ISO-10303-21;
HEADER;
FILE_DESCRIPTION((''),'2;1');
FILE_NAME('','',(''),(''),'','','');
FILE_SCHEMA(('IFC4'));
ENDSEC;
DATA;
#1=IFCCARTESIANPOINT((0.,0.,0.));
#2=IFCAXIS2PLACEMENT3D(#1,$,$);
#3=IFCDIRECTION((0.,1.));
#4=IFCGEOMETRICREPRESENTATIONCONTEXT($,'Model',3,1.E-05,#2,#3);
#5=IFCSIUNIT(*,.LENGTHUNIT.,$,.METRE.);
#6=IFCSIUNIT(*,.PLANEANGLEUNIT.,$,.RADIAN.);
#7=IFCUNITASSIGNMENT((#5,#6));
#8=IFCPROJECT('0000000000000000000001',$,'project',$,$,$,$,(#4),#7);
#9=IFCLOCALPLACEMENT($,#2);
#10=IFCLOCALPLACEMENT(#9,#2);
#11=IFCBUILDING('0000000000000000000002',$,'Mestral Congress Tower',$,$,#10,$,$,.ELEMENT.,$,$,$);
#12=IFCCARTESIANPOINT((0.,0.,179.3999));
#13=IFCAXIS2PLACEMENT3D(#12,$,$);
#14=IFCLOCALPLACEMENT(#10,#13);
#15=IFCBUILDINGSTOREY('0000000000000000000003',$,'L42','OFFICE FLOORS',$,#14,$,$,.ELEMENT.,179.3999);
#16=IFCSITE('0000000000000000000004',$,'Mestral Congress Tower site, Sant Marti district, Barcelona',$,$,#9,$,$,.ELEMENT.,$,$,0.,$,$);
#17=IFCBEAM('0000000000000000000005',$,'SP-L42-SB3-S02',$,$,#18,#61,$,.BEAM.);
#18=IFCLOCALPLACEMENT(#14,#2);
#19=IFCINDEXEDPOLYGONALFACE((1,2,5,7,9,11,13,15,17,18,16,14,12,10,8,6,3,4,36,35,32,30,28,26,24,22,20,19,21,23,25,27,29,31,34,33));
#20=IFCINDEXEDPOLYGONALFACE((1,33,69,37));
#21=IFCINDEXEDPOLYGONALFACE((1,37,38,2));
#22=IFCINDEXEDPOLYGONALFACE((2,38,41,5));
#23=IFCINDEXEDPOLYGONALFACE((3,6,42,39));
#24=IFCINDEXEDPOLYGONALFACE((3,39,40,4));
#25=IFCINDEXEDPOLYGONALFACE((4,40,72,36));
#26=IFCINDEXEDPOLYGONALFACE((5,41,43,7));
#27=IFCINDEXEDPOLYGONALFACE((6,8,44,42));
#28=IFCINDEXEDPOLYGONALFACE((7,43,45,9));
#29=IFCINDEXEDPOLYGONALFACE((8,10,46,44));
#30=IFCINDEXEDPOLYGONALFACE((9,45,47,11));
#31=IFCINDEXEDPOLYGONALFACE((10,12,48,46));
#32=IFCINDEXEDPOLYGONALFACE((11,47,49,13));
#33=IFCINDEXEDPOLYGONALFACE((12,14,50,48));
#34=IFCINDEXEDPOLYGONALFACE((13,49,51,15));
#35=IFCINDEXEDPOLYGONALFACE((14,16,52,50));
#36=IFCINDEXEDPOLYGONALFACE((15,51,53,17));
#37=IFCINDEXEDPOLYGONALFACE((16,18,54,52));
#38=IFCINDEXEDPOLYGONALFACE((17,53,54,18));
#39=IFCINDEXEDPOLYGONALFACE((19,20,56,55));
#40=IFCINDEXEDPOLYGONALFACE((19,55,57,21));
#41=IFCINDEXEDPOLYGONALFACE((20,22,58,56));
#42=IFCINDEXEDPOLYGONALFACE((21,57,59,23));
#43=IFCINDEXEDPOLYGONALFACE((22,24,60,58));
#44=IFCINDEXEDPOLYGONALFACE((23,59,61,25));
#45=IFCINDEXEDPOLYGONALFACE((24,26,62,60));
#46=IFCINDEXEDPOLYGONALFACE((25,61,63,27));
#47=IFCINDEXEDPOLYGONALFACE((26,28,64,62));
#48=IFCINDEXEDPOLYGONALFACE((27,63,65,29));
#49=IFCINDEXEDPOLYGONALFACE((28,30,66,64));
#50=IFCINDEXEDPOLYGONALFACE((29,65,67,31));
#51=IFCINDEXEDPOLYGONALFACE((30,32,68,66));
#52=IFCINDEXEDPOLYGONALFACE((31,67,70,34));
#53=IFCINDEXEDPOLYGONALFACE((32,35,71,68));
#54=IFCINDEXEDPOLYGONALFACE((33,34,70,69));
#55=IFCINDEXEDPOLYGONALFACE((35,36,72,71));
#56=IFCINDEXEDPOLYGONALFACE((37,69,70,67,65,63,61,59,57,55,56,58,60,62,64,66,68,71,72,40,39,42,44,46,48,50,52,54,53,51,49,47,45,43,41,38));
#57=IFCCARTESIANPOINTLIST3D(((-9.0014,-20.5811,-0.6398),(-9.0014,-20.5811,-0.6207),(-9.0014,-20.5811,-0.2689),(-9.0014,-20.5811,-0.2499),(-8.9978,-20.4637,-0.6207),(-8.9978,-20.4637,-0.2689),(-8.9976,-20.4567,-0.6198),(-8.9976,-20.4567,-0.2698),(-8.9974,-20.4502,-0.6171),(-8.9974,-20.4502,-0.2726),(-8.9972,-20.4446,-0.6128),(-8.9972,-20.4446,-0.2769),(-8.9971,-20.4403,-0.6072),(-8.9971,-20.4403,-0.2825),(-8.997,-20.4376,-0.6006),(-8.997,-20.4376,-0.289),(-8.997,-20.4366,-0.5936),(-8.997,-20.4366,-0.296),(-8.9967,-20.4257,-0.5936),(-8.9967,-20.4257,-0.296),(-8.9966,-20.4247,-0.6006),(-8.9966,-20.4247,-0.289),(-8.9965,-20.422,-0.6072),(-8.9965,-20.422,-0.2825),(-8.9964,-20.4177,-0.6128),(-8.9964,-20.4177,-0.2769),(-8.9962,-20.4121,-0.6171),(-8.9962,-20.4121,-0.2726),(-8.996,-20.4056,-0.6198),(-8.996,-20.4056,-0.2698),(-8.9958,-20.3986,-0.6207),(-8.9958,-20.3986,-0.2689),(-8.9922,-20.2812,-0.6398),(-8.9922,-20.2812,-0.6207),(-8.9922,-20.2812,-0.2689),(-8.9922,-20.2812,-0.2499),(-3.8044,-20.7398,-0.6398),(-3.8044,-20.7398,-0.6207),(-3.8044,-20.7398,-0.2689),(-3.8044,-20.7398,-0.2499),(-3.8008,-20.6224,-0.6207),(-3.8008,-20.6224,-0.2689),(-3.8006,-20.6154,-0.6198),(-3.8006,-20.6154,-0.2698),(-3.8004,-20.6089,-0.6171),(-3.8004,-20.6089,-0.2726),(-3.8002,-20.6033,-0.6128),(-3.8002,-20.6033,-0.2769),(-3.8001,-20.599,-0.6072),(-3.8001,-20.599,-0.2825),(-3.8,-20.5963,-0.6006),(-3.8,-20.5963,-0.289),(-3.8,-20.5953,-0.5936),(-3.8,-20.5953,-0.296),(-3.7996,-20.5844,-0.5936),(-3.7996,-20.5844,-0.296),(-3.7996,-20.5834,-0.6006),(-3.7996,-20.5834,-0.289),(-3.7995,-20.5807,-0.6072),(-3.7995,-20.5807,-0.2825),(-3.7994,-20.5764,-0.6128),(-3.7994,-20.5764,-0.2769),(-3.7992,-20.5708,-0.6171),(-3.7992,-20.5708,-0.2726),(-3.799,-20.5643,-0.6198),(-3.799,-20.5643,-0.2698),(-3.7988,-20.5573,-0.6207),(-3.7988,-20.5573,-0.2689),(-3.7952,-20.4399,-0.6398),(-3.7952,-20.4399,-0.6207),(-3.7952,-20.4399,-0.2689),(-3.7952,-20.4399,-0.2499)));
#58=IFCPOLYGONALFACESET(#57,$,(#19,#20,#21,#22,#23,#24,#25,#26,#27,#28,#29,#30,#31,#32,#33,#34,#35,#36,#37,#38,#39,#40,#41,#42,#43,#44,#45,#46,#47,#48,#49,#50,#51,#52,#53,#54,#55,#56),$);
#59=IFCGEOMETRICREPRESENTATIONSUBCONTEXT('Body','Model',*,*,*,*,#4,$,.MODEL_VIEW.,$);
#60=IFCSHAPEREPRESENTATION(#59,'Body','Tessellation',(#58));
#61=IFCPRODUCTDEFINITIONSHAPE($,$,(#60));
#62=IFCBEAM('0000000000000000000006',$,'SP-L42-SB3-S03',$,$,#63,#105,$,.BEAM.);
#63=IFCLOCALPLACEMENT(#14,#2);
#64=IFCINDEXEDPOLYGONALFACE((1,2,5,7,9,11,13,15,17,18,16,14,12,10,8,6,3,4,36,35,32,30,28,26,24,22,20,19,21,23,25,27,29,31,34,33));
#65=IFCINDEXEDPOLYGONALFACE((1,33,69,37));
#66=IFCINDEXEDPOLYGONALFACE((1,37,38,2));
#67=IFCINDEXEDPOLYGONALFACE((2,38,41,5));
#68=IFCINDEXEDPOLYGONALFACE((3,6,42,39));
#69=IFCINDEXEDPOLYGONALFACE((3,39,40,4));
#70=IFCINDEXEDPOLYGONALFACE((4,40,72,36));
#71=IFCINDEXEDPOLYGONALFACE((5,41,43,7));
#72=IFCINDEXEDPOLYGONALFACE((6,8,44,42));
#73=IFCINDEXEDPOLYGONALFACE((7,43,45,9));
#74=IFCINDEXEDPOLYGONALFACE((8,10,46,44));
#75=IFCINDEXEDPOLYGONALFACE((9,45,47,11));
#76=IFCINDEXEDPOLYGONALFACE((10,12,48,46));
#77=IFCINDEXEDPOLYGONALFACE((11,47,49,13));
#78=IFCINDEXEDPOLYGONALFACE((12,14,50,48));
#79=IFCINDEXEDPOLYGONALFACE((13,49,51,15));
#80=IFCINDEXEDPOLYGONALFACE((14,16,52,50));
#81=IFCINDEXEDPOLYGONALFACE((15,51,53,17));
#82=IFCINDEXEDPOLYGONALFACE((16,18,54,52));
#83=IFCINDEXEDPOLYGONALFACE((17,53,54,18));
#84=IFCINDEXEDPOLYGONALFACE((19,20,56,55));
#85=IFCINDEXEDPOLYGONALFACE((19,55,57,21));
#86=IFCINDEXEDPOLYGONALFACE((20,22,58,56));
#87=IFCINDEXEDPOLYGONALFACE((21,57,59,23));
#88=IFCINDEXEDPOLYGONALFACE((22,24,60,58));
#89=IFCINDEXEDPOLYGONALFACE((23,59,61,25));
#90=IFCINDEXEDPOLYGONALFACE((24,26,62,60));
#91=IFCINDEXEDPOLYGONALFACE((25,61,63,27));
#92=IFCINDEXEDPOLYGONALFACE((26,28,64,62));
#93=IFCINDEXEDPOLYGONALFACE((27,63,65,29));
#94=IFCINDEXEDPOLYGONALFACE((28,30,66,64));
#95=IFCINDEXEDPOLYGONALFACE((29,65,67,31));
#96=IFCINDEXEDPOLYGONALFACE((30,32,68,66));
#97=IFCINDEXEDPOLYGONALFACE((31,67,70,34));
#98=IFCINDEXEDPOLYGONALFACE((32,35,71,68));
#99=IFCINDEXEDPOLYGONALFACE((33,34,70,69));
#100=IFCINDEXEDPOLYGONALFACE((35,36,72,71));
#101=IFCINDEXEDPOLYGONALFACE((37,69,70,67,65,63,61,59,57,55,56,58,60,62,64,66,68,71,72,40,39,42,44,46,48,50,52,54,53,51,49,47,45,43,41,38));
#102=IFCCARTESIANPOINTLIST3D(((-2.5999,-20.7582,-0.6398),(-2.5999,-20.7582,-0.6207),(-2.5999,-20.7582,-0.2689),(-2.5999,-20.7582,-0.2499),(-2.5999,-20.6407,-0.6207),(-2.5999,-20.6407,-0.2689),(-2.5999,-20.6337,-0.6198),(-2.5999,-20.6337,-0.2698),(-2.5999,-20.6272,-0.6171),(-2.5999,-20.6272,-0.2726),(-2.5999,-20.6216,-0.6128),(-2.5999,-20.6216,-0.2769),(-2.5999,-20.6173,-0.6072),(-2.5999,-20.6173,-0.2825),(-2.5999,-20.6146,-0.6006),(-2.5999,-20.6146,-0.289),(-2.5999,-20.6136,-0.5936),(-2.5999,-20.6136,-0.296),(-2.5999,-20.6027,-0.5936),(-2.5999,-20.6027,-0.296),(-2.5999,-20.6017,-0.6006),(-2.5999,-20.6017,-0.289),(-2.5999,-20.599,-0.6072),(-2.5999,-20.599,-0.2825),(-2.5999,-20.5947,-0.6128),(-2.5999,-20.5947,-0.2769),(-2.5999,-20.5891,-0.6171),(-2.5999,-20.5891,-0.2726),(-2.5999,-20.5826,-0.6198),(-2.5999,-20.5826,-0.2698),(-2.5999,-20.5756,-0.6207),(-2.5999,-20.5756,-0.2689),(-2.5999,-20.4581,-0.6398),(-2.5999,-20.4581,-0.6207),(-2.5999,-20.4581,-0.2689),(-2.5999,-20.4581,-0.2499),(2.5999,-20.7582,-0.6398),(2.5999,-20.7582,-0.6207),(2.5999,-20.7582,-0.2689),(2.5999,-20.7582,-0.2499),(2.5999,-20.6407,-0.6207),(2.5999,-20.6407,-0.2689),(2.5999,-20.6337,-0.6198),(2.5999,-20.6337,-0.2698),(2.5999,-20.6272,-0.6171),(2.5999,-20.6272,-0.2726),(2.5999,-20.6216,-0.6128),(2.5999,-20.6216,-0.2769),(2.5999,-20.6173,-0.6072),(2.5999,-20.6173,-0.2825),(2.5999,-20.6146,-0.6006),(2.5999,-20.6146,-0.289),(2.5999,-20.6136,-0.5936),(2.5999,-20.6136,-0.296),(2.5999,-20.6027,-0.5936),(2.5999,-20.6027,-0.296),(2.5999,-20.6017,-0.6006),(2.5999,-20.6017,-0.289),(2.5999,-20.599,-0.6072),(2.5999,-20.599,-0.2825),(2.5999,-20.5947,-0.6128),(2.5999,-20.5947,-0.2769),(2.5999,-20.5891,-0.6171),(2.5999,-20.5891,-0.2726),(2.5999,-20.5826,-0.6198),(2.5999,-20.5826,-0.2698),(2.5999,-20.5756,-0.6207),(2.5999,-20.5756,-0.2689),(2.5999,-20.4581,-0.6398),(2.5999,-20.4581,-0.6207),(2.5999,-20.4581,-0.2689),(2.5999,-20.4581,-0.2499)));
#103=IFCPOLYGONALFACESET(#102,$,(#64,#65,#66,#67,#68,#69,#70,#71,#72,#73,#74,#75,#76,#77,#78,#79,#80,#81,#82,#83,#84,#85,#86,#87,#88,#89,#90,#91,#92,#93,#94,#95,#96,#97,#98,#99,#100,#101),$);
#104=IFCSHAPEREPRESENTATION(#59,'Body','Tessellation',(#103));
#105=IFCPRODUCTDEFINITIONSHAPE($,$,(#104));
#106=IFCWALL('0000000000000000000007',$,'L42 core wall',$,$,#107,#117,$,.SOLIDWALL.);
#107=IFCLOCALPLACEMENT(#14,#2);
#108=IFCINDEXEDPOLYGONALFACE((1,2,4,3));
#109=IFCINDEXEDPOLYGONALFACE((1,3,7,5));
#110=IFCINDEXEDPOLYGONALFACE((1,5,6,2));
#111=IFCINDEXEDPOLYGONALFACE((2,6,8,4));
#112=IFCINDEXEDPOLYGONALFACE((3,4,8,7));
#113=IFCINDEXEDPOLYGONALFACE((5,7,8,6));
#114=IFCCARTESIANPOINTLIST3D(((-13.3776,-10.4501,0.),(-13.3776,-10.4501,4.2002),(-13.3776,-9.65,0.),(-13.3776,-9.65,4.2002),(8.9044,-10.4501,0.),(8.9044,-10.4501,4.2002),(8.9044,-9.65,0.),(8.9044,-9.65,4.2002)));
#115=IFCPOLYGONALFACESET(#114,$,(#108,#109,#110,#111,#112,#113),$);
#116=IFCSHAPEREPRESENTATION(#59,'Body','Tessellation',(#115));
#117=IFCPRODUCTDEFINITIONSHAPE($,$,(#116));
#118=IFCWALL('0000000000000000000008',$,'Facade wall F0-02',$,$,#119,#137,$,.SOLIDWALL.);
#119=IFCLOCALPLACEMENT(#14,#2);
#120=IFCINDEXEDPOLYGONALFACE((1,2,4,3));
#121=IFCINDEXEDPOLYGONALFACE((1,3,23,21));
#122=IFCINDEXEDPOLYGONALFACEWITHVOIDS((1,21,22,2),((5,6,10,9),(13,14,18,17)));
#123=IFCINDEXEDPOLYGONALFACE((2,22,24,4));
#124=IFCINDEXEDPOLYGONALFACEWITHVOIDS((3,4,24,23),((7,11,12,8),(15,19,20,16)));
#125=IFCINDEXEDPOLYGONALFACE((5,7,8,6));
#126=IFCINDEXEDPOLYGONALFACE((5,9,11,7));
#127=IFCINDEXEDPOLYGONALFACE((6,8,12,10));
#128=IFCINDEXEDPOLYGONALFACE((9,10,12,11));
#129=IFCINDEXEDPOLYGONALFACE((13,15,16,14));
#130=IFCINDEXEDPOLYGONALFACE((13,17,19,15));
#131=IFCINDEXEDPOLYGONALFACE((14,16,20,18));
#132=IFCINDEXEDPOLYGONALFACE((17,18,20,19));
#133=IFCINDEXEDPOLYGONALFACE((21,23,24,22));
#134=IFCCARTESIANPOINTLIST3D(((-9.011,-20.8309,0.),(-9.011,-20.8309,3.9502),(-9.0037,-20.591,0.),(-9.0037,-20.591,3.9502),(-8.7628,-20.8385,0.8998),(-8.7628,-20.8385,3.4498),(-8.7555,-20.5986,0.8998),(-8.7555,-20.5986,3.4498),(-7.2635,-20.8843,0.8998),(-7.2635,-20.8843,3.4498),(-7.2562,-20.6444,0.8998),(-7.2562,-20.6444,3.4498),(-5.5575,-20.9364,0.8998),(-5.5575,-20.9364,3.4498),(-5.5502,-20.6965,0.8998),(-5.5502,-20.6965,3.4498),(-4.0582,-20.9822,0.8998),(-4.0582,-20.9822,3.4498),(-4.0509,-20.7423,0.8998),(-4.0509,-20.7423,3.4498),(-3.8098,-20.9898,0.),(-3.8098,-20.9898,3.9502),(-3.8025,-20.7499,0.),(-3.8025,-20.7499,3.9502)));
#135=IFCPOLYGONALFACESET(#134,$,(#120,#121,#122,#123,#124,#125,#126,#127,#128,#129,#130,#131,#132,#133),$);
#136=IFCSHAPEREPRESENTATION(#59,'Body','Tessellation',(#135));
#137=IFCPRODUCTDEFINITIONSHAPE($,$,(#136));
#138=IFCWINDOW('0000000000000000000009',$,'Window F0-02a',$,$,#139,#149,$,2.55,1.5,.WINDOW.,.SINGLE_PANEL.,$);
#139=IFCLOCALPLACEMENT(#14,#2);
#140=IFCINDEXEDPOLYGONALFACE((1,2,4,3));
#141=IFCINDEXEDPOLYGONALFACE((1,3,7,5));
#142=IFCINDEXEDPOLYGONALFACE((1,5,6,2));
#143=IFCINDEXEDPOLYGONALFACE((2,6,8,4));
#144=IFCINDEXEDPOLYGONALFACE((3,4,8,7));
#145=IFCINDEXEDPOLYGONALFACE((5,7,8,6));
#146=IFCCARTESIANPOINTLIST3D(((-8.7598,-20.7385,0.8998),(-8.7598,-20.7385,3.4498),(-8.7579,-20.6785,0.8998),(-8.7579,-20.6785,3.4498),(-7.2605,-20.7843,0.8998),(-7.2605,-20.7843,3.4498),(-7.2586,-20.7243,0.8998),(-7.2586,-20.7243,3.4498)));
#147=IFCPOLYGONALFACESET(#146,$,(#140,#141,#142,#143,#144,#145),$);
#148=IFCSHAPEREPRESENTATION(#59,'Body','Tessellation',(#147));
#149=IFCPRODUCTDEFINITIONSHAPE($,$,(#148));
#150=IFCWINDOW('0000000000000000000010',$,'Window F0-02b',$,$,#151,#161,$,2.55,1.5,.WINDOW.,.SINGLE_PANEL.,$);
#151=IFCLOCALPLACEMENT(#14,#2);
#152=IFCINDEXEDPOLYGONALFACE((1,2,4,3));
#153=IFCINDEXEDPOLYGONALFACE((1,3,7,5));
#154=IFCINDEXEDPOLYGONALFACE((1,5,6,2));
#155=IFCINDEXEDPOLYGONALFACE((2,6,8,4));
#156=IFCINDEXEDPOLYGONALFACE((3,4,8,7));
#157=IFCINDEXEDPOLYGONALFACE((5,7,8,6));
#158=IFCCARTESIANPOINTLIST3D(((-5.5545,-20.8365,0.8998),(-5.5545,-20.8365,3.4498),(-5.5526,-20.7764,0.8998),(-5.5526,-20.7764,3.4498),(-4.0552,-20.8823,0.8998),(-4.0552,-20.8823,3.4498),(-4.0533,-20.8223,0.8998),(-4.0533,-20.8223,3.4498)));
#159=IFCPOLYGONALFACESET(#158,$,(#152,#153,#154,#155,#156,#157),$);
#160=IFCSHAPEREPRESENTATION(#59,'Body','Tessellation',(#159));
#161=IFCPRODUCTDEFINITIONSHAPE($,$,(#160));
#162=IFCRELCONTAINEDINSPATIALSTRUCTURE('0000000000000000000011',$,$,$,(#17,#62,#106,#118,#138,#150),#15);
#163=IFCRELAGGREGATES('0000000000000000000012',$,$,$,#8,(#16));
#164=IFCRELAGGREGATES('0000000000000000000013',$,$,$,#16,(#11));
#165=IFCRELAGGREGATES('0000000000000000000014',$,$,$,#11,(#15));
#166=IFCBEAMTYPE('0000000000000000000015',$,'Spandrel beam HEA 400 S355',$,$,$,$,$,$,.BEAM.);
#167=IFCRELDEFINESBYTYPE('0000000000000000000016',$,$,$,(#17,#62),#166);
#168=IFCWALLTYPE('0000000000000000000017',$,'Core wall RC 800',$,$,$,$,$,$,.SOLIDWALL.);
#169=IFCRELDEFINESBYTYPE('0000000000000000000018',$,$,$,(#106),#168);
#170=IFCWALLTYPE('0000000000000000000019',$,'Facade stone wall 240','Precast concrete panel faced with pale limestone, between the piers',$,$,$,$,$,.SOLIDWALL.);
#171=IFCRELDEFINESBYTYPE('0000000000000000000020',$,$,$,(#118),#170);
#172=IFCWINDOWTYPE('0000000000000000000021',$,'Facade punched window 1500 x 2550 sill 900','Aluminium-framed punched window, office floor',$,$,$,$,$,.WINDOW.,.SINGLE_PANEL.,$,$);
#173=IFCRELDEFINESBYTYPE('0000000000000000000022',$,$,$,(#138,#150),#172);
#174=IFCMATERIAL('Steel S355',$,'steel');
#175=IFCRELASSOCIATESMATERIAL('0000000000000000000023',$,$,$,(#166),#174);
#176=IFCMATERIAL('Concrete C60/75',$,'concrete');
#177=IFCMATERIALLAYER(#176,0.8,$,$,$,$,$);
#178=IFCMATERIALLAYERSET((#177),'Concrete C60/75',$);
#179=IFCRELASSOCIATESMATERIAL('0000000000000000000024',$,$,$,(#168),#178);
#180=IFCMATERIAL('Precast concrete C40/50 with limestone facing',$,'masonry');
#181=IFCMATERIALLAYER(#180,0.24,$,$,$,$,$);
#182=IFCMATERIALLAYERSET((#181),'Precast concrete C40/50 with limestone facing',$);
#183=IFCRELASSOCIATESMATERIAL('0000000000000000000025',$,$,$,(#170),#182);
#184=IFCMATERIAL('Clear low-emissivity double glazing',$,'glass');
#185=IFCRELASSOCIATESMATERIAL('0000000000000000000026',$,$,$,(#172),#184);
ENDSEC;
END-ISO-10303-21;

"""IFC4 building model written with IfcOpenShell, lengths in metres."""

from ifc_helpers import new_model, si_unit, direction, frame, frame_2d, origin, origin_2d, place, context, subcontext, project, spatial, rectangle, i_section, extrude, material, layer, layer_set, material_profile, profile_set, type_object, element, fill, save


model = new_model("IFC4")

# Units and contexts
model_context = context("Model", 3, precision=1e-05, world=origin(), true_north=direction((0.0, 1.0)))
body_context = subcontext(model_context, "Body", "Model", "MODEL_VIEW")
ifc_project = project(units=[si_unit("LENGTHUNIT", "METRE"), si_unit("PLANEANGLEUNIT", "RADIAN")], contexts=[model_context])

# Site, building, storey
site_placement = place(None, origin())
site = spatial("IfcSite", under=ifc_project, at=site_placement, Name="Mestral Congress Tower site, Sant Marti district, Barcelona", CompositionType="ELEMENT", RefElevation=0.0)
building_placement = place(site_placement, origin())
building = spatial("IfcBuilding", under=site, at=building_placement, Name="Mestral Congress Tower", CompositionType="ELEMENT")
storey_placement = place(building_placement, frame((0.0, 0.0, 179.3999)))
storey = spatial("IfcBuildingStorey", under=building, at=storey_placement, Name="L42", Description="OFFICE FLOORS", CompositionType="ELEMENT", Elevation=179.3999)

# Shared definitions
ifc_material_1 = material(Name="Concrete C60/75", Category="concrete")

# Beams
ifc_material_2 = material(Name="Steel S355", Category="steel")
ifc_material_profile_1 = material_profile(ifc_material_2, i_section(OverallWidth=0.3, OverallDepth=0.3899, WebThickness=0.011, FlangeThickness=0.019, FilletRadius=0.0271, at=origin_2d()), Name="HEA 400")
ifc_profile_set_1 = profile_set([ifc_material_profile_1], Name="Steel S355")
beam_type_1 = type_object("IfcBeamType", Name="Spandrel beam HEA 400 S355", PredefinedType="BEAM", material=ifc_profile_set_1)
beam_1_placement = place(storey_placement, frame((-8.9968, -20.4312, -0.4448), z_axis=(0.999534, -0.030521, 0.0), x_axis=(0.030521, 0.999534, 0.0)))
element("IfcBeam", 1, at=beam_1_placement, inside=storey, type_object=beam_type_1, Name="SP-L42-SB3-S02", PredefinedType="BEAM", context=body_context, shape_type="SweptSolid", body=[
    extrude(i_section(OverallWidth=0.3, OverallDepth=0.3899, WebThickness=0.011, FlangeThickness=0.019, FilletRadius=0.0271, at=origin_2d()), origin(), (0.0, 0.0, 1.0), 5.1995),
])
beam_2_placement = place(storey_placement, frame((-2.5999, -20.6082, -0.4448), z_axis=(1.0, 0.0, 0.0), x_axis=(0.0, 1.0, 0.0)))
element("IfcBeam", 2, at=beam_2_placement, inside=storey, type_object=beam_type_1, Name="SP-L42-SB3-S03", PredefinedType="BEAM", context=body_context, shape_type="SweptSolid", body=[
    extrude(i_section(OverallWidth=0.3, OverallDepth=0.3899, WebThickness=0.011, FlangeThickness=0.019, FilletRadius=0.0271, at=origin_2d()), origin(), (0.0, 0.0, 1.0), 5.1997),
])

# Wall
ifc_layer_1 = layer(ifc_material_1, 0.8)
ifc_layer_set_1 = layer_set([ifc_layer_1], Name="Concrete C60/75")
wall_type_1 = type_object("IfcWallType", Name="Core wall RC 800", PredefinedType="SOLIDWALL", material=ifc_layer_set_1)
wall_1_placement = place(storey_placement, frame((-13.3777, -10.05, 0.0), z_axis=(0.0, 0.0, 1.0), x_axis=(1.0, 0.0, 0.0)))
element("IfcWall", 3, at=wall_1_placement, inside=storey, type_object=wall_type_1, Name="L42 core wall", PredefinedType="SOLIDWALL", context=body_context, shape_type="SweptSolid", body=[
    extrude(rectangle(XDim=22.282, YDim=0.8, at=frame_2d((11.1411, 0.0))), origin(), (0.0, 0.0, 1.0), 4.2002),
])

# Wall, openings, windows
ifc_material_3 = material(Name="Precast concrete C40/50 with limestone facing", Category="masonry")
ifc_layer_2 = layer(ifc_material_3, 0.24)
ifc_layer_set_2 = layer_set([ifc_layer_2], Name="Precast concrete C40/50 with limestone facing")
wall_type_2 = type_object("IfcWallType", Name="Facade stone wall 240", Description="Precast concrete panel faced with pale limestone, between the piers", PredefinedType="SOLIDWALL", material=ifc_layer_set_2)
wall_2_placement = place(storey_placement, frame((-9.0073, -20.7109, 0.0), z_axis=(0.0, 0.0, 1.0), x_axis=(0.999533, -0.030543, 0.0)))
wall_2 = element("IfcWall", 4, at=wall_2_placement, inside=storey, type_object=wall_type_2, Name="Facade wall F0-02", PredefinedType="SOLIDWALL", context=body_context, shape_type="SweptSolid", body=[
    extrude(rectangle(XDim=5.2036, YDim=0.24, at=frame_2d((2.6018, 0.0))), origin(), (0.0, 0.0, 1.0), 3.9502),
])
opening_1_placement = place(wall_2_placement, frame((0.2483, 0.0, 0.8999)))
opening_1 = element("IfcOpeningElement", 5, at=opening_1_placement, cuts=wall_2, PredefinedType="OPENING", context=body_context, shape_type="SweptSolid", body=[
    extrude(rectangle(XDim=1.5, YDim=2.55, at=frame_2d((0.75, 1.2749))), frame((0.0, 0.1299, 0.0), z_axis=(0.0, -1.0, 0.0), x_axis=(1.0, 0.0, 0.0)), (0.0, 0.0, 1.0), 0.26),
])
opening_2_placement = place(wall_2_placement, frame((3.4551, 0.0, 0.8999)))
opening_2 = element("IfcOpeningElement", 6, at=opening_2_placement, cuts=wall_2, PredefinedType="OPENING", context=body_context, shape_type="SweptSolid", body=[
    extrude(rectangle(XDim=1.5, YDim=2.55, at=frame_2d((0.75, 1.2749))), frame((0.0, 0.1299, 0.0), z_axis=(0.0, -1.0, 0.0), x_axis=(1.0, 0.0, 0.0)), (0.0, 0.0, 1.0), 0.26),
])
ifc_material_4 = material(Name="Clear low-emissivity double glazing", Category="glass")
window_type = type_object("IfcWindowType", Name="Facade punched window 1500 x 2550 sill 900", Description="Aluminium-framed punched window, office floor", PartitioningType="SINGLE_PANEL", PredefinedType="WINDOW", material=ifc_material_4)
window_1_placement = place(opening_1_placement, origin())
window_1 = element("IfcWindow", 7, at=window_1_placement, inside=storey, type_object=window_type, Name="Window F0-02a", OverallHeight=2.55, OverallWidth=1.5, PartitioningType="SINGLE_PANEL", PredefinedType="WINDOW", context=body_context, shape_type="SweptSolid", body=[
    extrude(rectangle(XDim=1.5, YDim=2.55, at=frame_2d((0.75, 1.2749))), frame((0.0, 0.04, 0.0), z_axis=(0.0, -1.0, 0.0), x_axis=(1.0, 0.0, 0.0)), (0.0, 0.0, 1.0), 0.0601),
])
fill(opening_1, window_1)
window_2_placement = place(opening_2_placement, origin())
window_2 = element("IfcWindow", 8, at=window_2_placement, inside=storey, type_object=window_type, Name="Window F0-02b", OverallHeight=2.55, OverallWidth=1.5, PartitioningType="SINGLE_PANEL", PredefinedType="WINDOW", context=body_context, shape_type="SweptSolid", body=[
    extrude(rectangle(XDim=1.5, YDim=2.55, at=frame_2d((0.75, 1.2749))), frame((0.0, 0.04, 0.0), z_axis=(0.0, -1.0, 0.0), x_axis=(1.0, 0.0, 0.0)), (0.0, 0.0, 1.0), 0.0601),
])
fill(opening_2, window_2)

save(model, "model.ifc")
